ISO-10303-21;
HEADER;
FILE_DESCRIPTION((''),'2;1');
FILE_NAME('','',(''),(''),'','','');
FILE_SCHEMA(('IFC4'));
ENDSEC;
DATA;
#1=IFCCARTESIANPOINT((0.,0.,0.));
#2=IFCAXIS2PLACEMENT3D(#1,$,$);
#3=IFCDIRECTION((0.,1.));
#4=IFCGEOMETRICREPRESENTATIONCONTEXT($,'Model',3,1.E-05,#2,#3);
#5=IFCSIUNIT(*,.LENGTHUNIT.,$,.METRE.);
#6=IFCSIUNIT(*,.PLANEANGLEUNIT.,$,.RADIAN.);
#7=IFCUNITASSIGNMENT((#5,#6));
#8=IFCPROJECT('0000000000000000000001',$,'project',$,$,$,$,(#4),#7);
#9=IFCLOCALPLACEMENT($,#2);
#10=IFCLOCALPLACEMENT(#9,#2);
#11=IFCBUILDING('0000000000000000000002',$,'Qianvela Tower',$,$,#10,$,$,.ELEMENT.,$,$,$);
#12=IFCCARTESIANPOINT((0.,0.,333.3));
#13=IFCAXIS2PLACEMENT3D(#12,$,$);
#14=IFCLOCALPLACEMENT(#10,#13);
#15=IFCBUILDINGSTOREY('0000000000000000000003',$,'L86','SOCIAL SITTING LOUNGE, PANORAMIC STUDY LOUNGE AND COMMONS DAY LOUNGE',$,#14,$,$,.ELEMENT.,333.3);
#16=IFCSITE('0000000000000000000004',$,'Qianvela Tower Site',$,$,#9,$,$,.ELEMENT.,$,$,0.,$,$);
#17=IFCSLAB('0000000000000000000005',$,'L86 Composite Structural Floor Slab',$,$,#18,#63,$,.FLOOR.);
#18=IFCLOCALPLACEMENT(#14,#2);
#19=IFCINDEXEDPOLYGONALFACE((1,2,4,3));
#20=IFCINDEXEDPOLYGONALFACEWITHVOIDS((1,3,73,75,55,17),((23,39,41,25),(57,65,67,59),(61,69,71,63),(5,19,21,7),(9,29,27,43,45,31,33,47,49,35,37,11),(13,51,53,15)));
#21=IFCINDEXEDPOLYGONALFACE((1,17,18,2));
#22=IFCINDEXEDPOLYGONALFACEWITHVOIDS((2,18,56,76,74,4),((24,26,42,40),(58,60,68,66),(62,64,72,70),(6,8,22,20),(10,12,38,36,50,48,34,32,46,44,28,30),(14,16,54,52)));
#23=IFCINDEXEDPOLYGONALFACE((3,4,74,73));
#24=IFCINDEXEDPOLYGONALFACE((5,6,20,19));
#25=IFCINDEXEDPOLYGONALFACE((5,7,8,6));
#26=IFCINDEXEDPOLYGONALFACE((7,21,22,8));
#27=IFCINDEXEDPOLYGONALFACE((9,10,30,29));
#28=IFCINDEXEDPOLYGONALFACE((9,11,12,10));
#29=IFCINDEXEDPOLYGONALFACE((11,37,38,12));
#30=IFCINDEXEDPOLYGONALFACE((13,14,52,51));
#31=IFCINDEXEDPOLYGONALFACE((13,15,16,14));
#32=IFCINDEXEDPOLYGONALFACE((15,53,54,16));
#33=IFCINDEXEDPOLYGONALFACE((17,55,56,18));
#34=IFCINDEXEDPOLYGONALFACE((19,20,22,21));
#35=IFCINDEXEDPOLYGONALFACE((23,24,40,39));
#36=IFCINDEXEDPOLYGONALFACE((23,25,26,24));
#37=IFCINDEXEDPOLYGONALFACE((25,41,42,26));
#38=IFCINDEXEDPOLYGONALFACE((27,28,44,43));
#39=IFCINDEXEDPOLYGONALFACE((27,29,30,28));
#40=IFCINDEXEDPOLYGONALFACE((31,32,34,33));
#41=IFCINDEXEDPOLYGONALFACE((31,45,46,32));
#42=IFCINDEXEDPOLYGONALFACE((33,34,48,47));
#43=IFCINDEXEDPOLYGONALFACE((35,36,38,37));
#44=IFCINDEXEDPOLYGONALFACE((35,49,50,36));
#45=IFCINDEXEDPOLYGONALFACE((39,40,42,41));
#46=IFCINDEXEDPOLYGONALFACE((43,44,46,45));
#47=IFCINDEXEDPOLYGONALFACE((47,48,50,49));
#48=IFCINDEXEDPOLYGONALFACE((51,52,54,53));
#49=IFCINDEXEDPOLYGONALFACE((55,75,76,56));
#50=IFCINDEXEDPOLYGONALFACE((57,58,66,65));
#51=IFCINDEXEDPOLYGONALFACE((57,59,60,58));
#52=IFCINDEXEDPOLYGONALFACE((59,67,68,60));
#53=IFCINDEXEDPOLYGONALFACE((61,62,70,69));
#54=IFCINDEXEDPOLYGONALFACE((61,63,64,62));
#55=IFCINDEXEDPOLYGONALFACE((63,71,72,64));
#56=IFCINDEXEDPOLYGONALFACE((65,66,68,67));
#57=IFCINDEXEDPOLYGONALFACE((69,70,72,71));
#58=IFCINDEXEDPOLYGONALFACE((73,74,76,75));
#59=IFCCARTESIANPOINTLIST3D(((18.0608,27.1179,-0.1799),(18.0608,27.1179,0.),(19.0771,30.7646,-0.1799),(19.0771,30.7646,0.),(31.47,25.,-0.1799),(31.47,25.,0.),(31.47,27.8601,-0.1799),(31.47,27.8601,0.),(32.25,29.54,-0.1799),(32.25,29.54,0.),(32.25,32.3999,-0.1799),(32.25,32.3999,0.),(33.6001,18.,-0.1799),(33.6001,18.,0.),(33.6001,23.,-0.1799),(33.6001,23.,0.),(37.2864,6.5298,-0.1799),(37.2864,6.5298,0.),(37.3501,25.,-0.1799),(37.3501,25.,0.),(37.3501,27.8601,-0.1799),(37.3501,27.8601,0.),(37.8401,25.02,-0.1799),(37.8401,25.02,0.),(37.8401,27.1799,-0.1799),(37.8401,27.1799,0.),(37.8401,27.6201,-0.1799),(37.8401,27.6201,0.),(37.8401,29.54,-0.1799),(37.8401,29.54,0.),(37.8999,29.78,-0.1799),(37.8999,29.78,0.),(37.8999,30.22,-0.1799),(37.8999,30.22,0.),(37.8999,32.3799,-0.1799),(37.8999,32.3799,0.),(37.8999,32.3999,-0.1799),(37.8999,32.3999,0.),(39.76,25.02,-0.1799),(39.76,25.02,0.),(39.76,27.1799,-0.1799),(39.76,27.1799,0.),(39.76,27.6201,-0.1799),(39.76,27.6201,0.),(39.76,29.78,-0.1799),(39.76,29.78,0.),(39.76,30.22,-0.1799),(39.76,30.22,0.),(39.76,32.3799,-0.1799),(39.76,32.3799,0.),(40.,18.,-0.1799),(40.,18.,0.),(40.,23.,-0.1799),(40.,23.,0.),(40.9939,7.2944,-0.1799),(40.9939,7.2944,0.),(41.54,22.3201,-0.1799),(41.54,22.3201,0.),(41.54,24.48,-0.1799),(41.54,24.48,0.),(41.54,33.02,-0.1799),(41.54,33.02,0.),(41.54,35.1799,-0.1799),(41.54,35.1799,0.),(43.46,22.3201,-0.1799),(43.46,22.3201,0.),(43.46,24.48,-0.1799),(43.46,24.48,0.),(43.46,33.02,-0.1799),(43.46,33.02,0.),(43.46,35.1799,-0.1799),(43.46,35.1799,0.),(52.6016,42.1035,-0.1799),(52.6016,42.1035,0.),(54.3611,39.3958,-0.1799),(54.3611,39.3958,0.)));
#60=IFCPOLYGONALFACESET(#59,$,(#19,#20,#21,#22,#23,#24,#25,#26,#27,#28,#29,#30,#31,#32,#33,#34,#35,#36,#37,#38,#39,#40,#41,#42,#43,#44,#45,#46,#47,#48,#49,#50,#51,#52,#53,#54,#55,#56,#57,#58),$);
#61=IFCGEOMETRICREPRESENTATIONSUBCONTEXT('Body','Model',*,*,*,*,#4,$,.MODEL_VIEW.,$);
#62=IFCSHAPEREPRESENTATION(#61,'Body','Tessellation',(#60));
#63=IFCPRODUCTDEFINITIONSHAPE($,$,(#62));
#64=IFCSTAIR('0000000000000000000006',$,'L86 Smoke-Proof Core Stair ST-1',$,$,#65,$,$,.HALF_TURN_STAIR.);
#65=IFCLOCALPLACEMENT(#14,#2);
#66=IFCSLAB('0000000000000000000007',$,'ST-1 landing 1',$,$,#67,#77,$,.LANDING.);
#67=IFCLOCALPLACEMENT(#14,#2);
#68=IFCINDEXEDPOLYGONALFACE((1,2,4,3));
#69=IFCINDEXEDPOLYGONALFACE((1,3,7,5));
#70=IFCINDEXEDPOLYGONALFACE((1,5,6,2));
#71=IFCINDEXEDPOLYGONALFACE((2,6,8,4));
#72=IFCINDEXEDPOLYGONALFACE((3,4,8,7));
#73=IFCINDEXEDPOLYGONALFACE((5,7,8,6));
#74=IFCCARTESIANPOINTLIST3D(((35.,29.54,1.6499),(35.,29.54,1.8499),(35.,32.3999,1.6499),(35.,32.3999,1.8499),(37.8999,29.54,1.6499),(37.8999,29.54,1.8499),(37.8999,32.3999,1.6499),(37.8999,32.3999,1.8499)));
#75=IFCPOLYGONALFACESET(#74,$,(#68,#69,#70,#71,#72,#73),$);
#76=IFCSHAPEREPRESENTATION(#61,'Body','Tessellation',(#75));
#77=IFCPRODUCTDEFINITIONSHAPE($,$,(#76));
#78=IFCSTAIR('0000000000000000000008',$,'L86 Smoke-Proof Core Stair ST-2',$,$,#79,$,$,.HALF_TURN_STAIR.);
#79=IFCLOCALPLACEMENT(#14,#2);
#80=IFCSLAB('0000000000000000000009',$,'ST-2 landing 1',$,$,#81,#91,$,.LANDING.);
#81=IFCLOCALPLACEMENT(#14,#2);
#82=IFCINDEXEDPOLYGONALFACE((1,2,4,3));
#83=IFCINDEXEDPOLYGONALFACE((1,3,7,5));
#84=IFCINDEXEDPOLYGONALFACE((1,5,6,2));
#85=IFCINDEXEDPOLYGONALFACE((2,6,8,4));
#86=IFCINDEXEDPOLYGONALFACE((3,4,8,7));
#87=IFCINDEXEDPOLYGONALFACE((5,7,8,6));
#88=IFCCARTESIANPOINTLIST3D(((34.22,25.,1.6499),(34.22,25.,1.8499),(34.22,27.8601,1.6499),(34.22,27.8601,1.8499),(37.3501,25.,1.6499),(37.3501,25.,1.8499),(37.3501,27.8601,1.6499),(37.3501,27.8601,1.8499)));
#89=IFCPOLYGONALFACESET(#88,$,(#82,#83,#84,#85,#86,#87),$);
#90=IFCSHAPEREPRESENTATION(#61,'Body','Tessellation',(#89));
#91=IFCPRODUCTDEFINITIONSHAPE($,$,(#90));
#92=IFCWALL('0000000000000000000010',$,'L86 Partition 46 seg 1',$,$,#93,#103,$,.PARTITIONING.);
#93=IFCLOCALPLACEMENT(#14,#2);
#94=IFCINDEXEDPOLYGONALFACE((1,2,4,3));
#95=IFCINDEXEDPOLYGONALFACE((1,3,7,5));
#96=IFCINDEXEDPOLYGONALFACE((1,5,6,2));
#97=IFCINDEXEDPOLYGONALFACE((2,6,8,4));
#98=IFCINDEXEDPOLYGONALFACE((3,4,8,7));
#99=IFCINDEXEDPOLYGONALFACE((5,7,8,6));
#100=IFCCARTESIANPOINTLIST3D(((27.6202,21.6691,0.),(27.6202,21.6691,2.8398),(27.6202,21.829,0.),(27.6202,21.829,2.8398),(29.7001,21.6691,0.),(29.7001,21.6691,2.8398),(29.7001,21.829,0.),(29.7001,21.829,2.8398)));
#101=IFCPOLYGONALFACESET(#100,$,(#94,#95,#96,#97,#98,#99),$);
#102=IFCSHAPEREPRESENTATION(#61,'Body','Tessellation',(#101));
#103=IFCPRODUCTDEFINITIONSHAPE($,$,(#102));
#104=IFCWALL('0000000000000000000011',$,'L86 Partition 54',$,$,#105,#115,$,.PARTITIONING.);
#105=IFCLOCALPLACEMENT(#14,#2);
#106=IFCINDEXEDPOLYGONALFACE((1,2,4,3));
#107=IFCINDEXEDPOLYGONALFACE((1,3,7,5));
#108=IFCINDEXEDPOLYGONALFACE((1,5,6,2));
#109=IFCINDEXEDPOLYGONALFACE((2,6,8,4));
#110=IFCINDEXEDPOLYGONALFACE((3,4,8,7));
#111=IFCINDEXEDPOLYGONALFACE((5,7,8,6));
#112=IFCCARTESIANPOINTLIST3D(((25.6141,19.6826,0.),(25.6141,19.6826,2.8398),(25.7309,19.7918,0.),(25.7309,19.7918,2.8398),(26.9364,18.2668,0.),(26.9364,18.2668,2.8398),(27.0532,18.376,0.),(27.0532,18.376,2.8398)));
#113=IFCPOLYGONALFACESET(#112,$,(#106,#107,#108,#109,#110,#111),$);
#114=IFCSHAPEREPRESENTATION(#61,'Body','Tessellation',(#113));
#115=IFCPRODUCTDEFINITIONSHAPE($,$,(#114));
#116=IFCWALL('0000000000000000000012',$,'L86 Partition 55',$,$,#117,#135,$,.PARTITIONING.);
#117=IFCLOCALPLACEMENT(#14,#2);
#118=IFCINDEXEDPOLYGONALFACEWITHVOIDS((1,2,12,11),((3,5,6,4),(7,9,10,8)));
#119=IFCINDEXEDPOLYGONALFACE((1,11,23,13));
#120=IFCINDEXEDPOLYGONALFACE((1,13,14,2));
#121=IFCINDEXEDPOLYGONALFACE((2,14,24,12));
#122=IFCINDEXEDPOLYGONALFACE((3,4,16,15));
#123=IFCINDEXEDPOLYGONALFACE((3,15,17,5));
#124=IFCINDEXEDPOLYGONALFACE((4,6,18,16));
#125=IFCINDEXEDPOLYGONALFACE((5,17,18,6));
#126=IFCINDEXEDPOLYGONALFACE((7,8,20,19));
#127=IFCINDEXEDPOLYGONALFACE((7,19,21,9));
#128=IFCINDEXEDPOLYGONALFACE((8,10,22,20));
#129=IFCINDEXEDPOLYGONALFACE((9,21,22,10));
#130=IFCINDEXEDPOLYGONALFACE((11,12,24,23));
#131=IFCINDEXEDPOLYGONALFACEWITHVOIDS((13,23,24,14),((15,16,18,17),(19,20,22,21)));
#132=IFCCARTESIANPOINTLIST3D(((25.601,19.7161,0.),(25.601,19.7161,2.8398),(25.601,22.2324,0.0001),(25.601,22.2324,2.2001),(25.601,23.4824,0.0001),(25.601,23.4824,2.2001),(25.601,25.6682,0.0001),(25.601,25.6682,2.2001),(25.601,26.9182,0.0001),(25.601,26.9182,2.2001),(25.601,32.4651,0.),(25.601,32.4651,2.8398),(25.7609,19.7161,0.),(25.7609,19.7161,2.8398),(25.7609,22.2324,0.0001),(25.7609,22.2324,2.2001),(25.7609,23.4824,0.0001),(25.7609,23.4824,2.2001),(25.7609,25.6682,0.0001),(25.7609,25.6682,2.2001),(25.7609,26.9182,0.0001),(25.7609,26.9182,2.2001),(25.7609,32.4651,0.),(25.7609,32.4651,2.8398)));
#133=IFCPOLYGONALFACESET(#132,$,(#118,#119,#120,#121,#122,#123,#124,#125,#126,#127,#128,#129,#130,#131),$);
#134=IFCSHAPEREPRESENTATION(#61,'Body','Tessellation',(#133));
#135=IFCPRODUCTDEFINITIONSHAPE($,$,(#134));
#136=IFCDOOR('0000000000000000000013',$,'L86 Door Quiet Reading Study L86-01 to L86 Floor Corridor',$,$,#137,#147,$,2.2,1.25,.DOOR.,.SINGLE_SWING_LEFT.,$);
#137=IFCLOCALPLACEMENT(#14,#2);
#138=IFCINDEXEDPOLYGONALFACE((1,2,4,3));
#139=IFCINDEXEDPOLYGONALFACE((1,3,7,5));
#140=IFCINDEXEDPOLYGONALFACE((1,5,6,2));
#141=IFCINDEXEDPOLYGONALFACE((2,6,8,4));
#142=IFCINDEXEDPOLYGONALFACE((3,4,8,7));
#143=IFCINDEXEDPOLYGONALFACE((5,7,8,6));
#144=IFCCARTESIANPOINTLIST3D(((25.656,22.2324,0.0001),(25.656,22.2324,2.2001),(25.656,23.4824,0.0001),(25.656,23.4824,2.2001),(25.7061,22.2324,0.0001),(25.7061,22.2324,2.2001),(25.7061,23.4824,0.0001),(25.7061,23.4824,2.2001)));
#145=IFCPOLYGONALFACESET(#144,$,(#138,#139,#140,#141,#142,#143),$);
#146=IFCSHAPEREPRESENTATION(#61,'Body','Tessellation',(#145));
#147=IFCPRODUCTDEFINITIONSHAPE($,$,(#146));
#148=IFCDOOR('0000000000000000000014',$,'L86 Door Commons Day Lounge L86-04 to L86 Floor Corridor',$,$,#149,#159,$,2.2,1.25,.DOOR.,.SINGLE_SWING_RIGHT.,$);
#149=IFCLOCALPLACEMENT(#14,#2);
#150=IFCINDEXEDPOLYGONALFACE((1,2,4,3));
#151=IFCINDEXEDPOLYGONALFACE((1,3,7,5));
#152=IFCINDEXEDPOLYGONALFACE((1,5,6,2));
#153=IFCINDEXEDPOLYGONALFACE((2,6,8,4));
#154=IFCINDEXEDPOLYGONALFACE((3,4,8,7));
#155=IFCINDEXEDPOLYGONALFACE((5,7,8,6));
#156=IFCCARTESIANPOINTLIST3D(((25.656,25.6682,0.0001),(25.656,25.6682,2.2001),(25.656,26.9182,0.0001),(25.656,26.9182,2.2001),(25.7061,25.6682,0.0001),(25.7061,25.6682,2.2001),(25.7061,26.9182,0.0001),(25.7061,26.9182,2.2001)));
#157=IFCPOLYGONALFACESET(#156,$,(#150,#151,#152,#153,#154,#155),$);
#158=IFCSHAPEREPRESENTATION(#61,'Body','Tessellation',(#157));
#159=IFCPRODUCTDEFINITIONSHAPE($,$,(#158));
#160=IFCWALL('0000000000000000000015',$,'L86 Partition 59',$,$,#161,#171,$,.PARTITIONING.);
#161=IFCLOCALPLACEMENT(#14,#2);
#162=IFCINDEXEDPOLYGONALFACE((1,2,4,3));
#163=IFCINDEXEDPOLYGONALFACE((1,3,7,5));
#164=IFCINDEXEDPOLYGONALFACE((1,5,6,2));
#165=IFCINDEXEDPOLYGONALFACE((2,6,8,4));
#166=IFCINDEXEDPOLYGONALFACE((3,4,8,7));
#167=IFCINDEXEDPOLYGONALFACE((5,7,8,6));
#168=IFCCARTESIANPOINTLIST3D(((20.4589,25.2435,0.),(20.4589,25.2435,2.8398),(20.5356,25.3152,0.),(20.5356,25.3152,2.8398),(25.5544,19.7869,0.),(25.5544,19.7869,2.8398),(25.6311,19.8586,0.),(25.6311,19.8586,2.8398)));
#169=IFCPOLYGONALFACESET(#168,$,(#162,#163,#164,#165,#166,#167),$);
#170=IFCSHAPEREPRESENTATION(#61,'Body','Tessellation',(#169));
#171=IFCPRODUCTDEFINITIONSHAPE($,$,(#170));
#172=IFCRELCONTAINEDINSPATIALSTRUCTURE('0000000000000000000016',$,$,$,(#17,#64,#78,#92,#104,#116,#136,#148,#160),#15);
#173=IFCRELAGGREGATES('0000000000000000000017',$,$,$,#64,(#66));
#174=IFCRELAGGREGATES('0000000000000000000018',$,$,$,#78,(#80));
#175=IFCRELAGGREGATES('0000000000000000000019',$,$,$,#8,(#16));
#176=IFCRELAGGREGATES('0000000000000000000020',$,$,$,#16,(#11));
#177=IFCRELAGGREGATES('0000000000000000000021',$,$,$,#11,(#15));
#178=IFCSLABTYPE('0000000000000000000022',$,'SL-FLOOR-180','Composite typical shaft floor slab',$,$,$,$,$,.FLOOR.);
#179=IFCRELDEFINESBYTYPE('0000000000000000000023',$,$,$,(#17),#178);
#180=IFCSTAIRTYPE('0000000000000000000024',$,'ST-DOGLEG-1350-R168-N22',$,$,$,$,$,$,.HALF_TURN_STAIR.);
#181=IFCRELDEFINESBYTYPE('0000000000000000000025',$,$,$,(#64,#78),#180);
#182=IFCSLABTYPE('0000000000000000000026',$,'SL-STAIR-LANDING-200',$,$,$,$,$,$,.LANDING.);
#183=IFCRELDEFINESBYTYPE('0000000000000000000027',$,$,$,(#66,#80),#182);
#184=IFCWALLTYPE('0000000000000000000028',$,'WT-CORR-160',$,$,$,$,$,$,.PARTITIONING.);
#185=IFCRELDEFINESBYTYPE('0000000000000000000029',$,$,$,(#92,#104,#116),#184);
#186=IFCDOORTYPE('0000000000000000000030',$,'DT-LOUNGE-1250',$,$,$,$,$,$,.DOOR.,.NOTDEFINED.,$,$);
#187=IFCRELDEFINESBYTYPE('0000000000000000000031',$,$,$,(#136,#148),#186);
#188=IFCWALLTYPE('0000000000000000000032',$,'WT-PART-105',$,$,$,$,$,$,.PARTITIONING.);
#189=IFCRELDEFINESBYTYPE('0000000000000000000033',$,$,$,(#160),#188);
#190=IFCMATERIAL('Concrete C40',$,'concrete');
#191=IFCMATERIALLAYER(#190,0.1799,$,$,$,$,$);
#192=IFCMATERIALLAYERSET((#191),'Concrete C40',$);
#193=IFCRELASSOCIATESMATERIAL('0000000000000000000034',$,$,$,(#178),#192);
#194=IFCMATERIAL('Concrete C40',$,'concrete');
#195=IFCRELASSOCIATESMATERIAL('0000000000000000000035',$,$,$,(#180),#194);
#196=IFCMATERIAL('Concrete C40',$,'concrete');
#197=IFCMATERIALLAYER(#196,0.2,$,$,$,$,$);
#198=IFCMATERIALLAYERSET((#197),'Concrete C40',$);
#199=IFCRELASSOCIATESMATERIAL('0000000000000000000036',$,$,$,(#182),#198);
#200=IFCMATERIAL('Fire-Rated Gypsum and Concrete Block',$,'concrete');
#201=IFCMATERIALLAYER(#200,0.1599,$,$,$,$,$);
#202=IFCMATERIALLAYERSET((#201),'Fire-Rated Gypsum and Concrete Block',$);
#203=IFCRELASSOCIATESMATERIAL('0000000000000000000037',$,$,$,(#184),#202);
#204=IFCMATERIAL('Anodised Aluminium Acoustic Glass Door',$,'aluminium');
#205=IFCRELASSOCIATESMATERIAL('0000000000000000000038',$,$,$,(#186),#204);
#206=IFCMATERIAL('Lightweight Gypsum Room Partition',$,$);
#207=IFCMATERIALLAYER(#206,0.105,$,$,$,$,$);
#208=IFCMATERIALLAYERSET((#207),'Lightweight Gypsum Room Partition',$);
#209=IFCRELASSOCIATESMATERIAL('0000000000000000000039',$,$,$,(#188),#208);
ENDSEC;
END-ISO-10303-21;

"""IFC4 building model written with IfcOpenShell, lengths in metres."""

from ifc_helpers import new_model, si_unit, direction, frame, frame_2d, origin, place, context, subcontext, project, spatial, polyline, rectangle, outline, extrude, material, layer, layer_set, type_object, element, fill, aggregate, save


model = new_model("IFC4")

# Units and contexts
model_context = context("Model", 3, precision=1e-05, world=origin(), true_north=direction((0.0, 1.0)))
body_context = subcontext(model_context, "Body", "Model", "MODEL_VIEW")
ifc_project = project(units=[si_unit("LENGTHUNIT", "METRE"), si_unit("PLANEANGLEUNIT", "RADIAN")], contexts=[model_context])

# Site, building, storey
site_placement = place(None, origin())
site = spatial("IfcSite", under=ifc_project, at=site_placement, Name="Qianvela Tower Site", CompositionType="ELEMENT", RefElevation=0.0)
building_placement = place(site_placement, origin())
building = spatial("IfcBuilding", under=site, at=building_placement, Name="Qianvela Tower", CompositionType="ELEMENT")
storey_placement = place(building_placement, frame((0.0, 0.0, 333.3)))
storey = spatial("IfcBuildingStorey", under=building, at=storey_placement, Name="L86", Description="SOCIAL SITTING LOUNGE, PANORAMIC STUDY LOUNGE AND COMMONS DAY LOUNGE", CompositionType="ELEMENT", Elevation=333.3)

# Slab
ifc_material_1 = material(Name="Concrete C40", Category="concrete")
ifc_layer_1 = layer(ifc_material_1, 0.1799)
ifc_layer_set_1 = layer_set([ifc_layer_1], Name="Concrete C40")
slab_type_1 = type_object("IfcSlabType", Name="SL-FLOOR-180", Description="Composite typical shaft floor slab", PredefinedType="FLOOR", material=ifc_layer_set_1)
slab_1_placement = place(storey_placement, frame((0.0, 0.0, -0.1799)))
element("IfcSlab", 1, at=slab_1_placement, inside=storey, type_object=slab_type_1, Name="L86 Composite Structural Floor Slab", PredefinedType="FLOOR", context=body_context, shape_type="SweptSolid", body=[
    extrude(outline(polyline([(54.3611, 39.3958), (52.6016, 42.1035), (19.0771, 30.7646), (18.0608, 27.1179), (37.2864, 6.5298), (40.9939, 7.2944), (54.3611, 39.3958)]), holes=[polyline([(40.0, 23.0), (33.6001, 23.0), (33.6001, 18.0), (40.0, 18.0), (40.0, 23.0)]), polyline([(43.46, 24.48), (41.54, 24.48), (41.54, 22.3201), (43.46, 22.3201), (43.46, 24.48)]), polyline([(39.76, 27.1799), (37.8401, 27.1799), (37.8401, 25.02), (39.76, 25.02), (39.76, 27.1799)]), polyline([(37.3501, 27.8601), (31.47, 27.8601), (31.47, 25.0), (37.3501, 25.0), (37.3501, 27.8601)]), polyline([(39.76, 27.6201), (39.76, 29.78), (37.8999, 29.78), (37.8999, 30.22), (39.76, 30.22), (39.76, 32.3799), (37.8999, 32.3799), (37.8999, 32.3999), (32.25, 32.3999), (32.25, 29.54), (37.8401, 29.54), (37.8401, 27.6201), (39.76, 27.6201)]), polyline([(43.46, 35.1799), (41.54, 35.1799), (41.54, 33.02), (43.46, 33.02), (43.46, 35.1799)])]), origin(), (0.0, 0.0, 1.0), 0.1799),
])

# Stairs, slabs
ifc_material_2 = material(Name="Concrete C40", Category="concrete")
stair_type = type_object("IfcStairType", Name="ST-DOGLEG-1350-R168-N22", PredefinedType="HALF_TURN_STAIR", material=ifc_material_2)
stair_1_placement = place(storey_placement, origin())
stair_1 = element("IfcStair", 2, at=stair_1_placement, inside=storey, type_object=stair_type, Name="L86 Smoke-Proof Core Stair ST-1", PredefinedType="HALF_TURN_STAIR")
ifc_material_3 = material(Name="Concrete C40", Category="concrete")
ifc_layer_2 = layer(ifc_material_3, 0.2)
ifc_layer_set_2 = layer_set([ifc_layer_2], Name="Concrete C40")
slab_type_2 = type_object("IfcSlabType", Name="SL-STAIR-LANDING-200", PredefinedType="LANDING", material=ifc_layer_set_2)
slab_2_placement = place(storey_placement, frame((0.0, 0.0, 1.6499)))
slab_2 = element("IfcSlab", 3, at=slab_2_placement, type_object=slab_type_2, Name="ST-1 landing 1", PredefinedType="LANDING", context=body_context, shape_type="SweptSolid", body=[
    extrude(outline(polyline([(35.0, 29.54), (37.8999, 29.54), (37.8999, 32.3999), (35.0, 32.3999), (35.0, 29.54)])), origin(), (0.0, 0.0, 1.0), 0.2),
])
aggregate(stair_1, [slab_2])
stair_2_placement = place(storey_placement, origin())
stair_2 = element("IfcStair", 4, at=stair_2_placement, inside=storey, type_object=stair_type, Name="L86 Smoke-Proof Core Stair ST-2", PredefinedType="HALF_TURN_STAIR")
slab_3_placement = place(storey_placement, frame((0.0, 0.0, 1.6499)))
slab_3 = element("IfcSlab", 5, at=slab_3_placement, type_object=slab_type_2, Name="ST-2 landing 1", PredefinedType="LANDING", context=body_context, shape_type="SweptSolid", body=[
    extrude(outline(polyline([(34.22, 25.0), (37.3501, 25.0), (37.3501, 27.8601), (34.22, 27.8601), (34.22, 25.0)])), origin(), (0.0, 0.0, 1.0), 0.2),
])
aggregate(stair_2, [slab_3])

# Walls
ifc_material_4 = material(Name="Fire-Rated Gypsum and Concrete Block", Category="concrete")
ifc_layer_3 = layer(ifc_material_4, 0.1599)
ifc_layer_set_3 = layer_set([ifc_layer_3], Name="Fire-Rated Gypsum and Concrete Block")
wall_type_1 = type_object("IfcWallType", Name="WT-CORR-160", PredefinedType="PARTITIONING", material=ifc_layer_set_3)
wall_1_placement = place(storey_placement, frame((27.6201, 21.749, 0.0), z_axis=(0.0, 0.0, 1.0), x_axis=(1.0, 0.0, 0.0)))
element("IfcWall", 6, at=wall_1_placement, inside=storey, type_object=wall_type_1, Name="L86 Partition 46 seg 1", PredefinedType="PARTITIONING", context=body_context, shape_type="SweptSolid", body=[
    extrude(rectangle(XDim=2.0798, YDim=0.1599, at=frame_2d((1.04, 0.0))), origin(), (0.0, 0.0, 1.0), 2.8398),
])
wall_2_placement = place(storey_placement, frame((26.9949, 18.3213, 0.0), z_axis=(0.0, 0.0, 1.0), x_axis=(-0.682561, 0.730829, 0.0)))
element("IfcWall", 7, at=wall_2_placement, inside=storey, type_object=wall_type_1, Name="L86 Partition 54", PredefinedType="PARTITIONING", context=body_context, shape_type="SweptSolid", body=[
    extrude(rectangle(XDim=1.9373, YDim=0.1599, at=frame_2d((0.9688, 0.0))), origin(), (0.0, 0.0, 1.0), 2.8398),
])

# Wall, openings, doors
wall_3_placement = place(storey_placement, frame((25.6809, 19.7161, 0.0), z_axis=(0.0, 0.0, 1.0), x_axis=(0.0, 1.0, 0.0)))
wall_3 = element("IfcWall", 8, at=wall_3_placement, inside=storey, type_object=wall_type_1, Name="L86 Partition 55", PredefinedType="PARTITIONING", context=body_context, shape_type="SweptSolid", body=[
    extrude(rectangle(XDim=12.749, YDim=0.1599, at=frame_2d((6.3745, 0.0))), origin(), (0.0, 0.0, 1.0), 2.8398),
])
opening_1_placement = place(wall_3_placement, frame((2.5164, 0.0, 0.0)))
opening_1 = element("IfcOpeningElement", 9, at=opening_1_placement, cuts=wall_3, PredefinedType="OPENING", context=body_context, shape_type="SweptSolid", body=[
    extrude(rectangle(XDim=1.25, YDim=2.2, at=frame_2d((0.625, 1.1001))), frame((0.0, 0.0898, 0.0), z_axis=(0.0, -1.0, 0.0), x_axis=(1.0, 0.0, 0.0)), (0.0, 0.0, 1.0), 0.1799),
])
opening_2_placement = place(wall_3_placement, frame((5.9521, 0.0, 0.0)))
opening_2 = element("IfcOpeningElement", 10, at=opening_2_placement, cuts=wall_3, PredefinedType="OPENING", context=body_context, shape_type="SweptSolid", body=[
    extrude(rectangle(XDim=1.25, YDim=2.2, at=frame_2d((0.625, 1.1001))), frame((0.0, 0.0898, 0.0), z_axis=(0.0, -1.0, 0.0), x_axis=(1.0, 0.0, 0.0)), (0.0, 0.0, 1.0), 0.1799),
])
ifc_material_5 = material(Name="Anodised Aluminium Acoustic Glass Door", Category="aluminium")
door_type = type_object("IfcDoorType", Name="DT-LOUNGE-1250", OperationType="NOTDEFINED", PredefinedType="DOOR", material=ifc_material_5)
door_1_placement = place(opening_1_placement, origin())
door_1 = element("IfcDoor", 11, at=door_1_placement, inside=storey, type_object=door_type, Name="L86 Door Quiet Reading Study L86-01 to L86 Floor Corridor", OperationType="SINGLE_SWING_LEFT", OverallHeight=2.2, OverallWidth=1.25, PredefinedType="DOOR", context=body_context, shape_type="SweptSolid", body=[
    extrude(rectangle(XDim=1.25, YDim=2.2, at=frame_2d((0.625, 1.1001))), frame((0.0, 0.0249, 0.0), z_axis=(0.0, -1.0, 0.0), x_axis=(1.0, 0.0, 0.0)), (0.0, 0.0, 1.0), 0.05),
])
fill(opening_1, door_1)
door_2_placement = place(opening_2_placement, origin())
door_2 = element("IfcDoor", 12, at=door_2_placement, inside=storey, type_object=door_type, Name="L86 Door Commons Day Lounge L86-04 to L86 Floor Corridor", OperationType="SINGLE_SWING_RIGHT", OverallHeight=2.2, OverallWidth=1.25, PredefinedType="DOOR", context=body_context, shape_type="SweptSolid", body=[
    extrude(rectangle(XDim=1.25, YDim=2.2, at=frame_2d((0.625, 1.1001))), frame((0.0, 0.0249, 0.0), z_axis=(0.0, -1.0, 0.0), x_axis=(1.0, 0.0, 0.0)), (0.0, 0.0, 1.0), 0.05),
])
fill(opening_2, door_2)

# Wall
ifc_material_6 = material(Name="Lightweight Gypsum Room Partition")
ifc_layer_4 = layer(ifc_material_6, 0.105)
ifc_layer_set_4 = layer_set([ifc_layer_4], Name="Lightweight Gypsum Room Partition")
wall_type_2 = type_object("IfcWallType", Name="WT-PART-105", PredefinedType="PARTITIONING", material=ifc_layer_set_4)
wall_4_placement = place(storey_placement, frame((25.5928, 19.8228, 0.0), z_axis=(0.0, 0.0, 1.0), x_axis=(-0.68251, 0.730876, 0.0)))
element("IfcWall", 13, at=wall_4_placement, inside=storey, type_object=wall_type_2, Name="L86 Partition 59", PredefinedType="PARTITIONING", context=body_context, shape_type="SweptSolid", body=[
    extrude(rectangle(XDim=7.4658, YDim=0.105, at=frame_2d((3.7329, 0.0))), origin(), (0.0, 0.0, 1.0), 2.8398),
])

save(model, "model.ifc")
